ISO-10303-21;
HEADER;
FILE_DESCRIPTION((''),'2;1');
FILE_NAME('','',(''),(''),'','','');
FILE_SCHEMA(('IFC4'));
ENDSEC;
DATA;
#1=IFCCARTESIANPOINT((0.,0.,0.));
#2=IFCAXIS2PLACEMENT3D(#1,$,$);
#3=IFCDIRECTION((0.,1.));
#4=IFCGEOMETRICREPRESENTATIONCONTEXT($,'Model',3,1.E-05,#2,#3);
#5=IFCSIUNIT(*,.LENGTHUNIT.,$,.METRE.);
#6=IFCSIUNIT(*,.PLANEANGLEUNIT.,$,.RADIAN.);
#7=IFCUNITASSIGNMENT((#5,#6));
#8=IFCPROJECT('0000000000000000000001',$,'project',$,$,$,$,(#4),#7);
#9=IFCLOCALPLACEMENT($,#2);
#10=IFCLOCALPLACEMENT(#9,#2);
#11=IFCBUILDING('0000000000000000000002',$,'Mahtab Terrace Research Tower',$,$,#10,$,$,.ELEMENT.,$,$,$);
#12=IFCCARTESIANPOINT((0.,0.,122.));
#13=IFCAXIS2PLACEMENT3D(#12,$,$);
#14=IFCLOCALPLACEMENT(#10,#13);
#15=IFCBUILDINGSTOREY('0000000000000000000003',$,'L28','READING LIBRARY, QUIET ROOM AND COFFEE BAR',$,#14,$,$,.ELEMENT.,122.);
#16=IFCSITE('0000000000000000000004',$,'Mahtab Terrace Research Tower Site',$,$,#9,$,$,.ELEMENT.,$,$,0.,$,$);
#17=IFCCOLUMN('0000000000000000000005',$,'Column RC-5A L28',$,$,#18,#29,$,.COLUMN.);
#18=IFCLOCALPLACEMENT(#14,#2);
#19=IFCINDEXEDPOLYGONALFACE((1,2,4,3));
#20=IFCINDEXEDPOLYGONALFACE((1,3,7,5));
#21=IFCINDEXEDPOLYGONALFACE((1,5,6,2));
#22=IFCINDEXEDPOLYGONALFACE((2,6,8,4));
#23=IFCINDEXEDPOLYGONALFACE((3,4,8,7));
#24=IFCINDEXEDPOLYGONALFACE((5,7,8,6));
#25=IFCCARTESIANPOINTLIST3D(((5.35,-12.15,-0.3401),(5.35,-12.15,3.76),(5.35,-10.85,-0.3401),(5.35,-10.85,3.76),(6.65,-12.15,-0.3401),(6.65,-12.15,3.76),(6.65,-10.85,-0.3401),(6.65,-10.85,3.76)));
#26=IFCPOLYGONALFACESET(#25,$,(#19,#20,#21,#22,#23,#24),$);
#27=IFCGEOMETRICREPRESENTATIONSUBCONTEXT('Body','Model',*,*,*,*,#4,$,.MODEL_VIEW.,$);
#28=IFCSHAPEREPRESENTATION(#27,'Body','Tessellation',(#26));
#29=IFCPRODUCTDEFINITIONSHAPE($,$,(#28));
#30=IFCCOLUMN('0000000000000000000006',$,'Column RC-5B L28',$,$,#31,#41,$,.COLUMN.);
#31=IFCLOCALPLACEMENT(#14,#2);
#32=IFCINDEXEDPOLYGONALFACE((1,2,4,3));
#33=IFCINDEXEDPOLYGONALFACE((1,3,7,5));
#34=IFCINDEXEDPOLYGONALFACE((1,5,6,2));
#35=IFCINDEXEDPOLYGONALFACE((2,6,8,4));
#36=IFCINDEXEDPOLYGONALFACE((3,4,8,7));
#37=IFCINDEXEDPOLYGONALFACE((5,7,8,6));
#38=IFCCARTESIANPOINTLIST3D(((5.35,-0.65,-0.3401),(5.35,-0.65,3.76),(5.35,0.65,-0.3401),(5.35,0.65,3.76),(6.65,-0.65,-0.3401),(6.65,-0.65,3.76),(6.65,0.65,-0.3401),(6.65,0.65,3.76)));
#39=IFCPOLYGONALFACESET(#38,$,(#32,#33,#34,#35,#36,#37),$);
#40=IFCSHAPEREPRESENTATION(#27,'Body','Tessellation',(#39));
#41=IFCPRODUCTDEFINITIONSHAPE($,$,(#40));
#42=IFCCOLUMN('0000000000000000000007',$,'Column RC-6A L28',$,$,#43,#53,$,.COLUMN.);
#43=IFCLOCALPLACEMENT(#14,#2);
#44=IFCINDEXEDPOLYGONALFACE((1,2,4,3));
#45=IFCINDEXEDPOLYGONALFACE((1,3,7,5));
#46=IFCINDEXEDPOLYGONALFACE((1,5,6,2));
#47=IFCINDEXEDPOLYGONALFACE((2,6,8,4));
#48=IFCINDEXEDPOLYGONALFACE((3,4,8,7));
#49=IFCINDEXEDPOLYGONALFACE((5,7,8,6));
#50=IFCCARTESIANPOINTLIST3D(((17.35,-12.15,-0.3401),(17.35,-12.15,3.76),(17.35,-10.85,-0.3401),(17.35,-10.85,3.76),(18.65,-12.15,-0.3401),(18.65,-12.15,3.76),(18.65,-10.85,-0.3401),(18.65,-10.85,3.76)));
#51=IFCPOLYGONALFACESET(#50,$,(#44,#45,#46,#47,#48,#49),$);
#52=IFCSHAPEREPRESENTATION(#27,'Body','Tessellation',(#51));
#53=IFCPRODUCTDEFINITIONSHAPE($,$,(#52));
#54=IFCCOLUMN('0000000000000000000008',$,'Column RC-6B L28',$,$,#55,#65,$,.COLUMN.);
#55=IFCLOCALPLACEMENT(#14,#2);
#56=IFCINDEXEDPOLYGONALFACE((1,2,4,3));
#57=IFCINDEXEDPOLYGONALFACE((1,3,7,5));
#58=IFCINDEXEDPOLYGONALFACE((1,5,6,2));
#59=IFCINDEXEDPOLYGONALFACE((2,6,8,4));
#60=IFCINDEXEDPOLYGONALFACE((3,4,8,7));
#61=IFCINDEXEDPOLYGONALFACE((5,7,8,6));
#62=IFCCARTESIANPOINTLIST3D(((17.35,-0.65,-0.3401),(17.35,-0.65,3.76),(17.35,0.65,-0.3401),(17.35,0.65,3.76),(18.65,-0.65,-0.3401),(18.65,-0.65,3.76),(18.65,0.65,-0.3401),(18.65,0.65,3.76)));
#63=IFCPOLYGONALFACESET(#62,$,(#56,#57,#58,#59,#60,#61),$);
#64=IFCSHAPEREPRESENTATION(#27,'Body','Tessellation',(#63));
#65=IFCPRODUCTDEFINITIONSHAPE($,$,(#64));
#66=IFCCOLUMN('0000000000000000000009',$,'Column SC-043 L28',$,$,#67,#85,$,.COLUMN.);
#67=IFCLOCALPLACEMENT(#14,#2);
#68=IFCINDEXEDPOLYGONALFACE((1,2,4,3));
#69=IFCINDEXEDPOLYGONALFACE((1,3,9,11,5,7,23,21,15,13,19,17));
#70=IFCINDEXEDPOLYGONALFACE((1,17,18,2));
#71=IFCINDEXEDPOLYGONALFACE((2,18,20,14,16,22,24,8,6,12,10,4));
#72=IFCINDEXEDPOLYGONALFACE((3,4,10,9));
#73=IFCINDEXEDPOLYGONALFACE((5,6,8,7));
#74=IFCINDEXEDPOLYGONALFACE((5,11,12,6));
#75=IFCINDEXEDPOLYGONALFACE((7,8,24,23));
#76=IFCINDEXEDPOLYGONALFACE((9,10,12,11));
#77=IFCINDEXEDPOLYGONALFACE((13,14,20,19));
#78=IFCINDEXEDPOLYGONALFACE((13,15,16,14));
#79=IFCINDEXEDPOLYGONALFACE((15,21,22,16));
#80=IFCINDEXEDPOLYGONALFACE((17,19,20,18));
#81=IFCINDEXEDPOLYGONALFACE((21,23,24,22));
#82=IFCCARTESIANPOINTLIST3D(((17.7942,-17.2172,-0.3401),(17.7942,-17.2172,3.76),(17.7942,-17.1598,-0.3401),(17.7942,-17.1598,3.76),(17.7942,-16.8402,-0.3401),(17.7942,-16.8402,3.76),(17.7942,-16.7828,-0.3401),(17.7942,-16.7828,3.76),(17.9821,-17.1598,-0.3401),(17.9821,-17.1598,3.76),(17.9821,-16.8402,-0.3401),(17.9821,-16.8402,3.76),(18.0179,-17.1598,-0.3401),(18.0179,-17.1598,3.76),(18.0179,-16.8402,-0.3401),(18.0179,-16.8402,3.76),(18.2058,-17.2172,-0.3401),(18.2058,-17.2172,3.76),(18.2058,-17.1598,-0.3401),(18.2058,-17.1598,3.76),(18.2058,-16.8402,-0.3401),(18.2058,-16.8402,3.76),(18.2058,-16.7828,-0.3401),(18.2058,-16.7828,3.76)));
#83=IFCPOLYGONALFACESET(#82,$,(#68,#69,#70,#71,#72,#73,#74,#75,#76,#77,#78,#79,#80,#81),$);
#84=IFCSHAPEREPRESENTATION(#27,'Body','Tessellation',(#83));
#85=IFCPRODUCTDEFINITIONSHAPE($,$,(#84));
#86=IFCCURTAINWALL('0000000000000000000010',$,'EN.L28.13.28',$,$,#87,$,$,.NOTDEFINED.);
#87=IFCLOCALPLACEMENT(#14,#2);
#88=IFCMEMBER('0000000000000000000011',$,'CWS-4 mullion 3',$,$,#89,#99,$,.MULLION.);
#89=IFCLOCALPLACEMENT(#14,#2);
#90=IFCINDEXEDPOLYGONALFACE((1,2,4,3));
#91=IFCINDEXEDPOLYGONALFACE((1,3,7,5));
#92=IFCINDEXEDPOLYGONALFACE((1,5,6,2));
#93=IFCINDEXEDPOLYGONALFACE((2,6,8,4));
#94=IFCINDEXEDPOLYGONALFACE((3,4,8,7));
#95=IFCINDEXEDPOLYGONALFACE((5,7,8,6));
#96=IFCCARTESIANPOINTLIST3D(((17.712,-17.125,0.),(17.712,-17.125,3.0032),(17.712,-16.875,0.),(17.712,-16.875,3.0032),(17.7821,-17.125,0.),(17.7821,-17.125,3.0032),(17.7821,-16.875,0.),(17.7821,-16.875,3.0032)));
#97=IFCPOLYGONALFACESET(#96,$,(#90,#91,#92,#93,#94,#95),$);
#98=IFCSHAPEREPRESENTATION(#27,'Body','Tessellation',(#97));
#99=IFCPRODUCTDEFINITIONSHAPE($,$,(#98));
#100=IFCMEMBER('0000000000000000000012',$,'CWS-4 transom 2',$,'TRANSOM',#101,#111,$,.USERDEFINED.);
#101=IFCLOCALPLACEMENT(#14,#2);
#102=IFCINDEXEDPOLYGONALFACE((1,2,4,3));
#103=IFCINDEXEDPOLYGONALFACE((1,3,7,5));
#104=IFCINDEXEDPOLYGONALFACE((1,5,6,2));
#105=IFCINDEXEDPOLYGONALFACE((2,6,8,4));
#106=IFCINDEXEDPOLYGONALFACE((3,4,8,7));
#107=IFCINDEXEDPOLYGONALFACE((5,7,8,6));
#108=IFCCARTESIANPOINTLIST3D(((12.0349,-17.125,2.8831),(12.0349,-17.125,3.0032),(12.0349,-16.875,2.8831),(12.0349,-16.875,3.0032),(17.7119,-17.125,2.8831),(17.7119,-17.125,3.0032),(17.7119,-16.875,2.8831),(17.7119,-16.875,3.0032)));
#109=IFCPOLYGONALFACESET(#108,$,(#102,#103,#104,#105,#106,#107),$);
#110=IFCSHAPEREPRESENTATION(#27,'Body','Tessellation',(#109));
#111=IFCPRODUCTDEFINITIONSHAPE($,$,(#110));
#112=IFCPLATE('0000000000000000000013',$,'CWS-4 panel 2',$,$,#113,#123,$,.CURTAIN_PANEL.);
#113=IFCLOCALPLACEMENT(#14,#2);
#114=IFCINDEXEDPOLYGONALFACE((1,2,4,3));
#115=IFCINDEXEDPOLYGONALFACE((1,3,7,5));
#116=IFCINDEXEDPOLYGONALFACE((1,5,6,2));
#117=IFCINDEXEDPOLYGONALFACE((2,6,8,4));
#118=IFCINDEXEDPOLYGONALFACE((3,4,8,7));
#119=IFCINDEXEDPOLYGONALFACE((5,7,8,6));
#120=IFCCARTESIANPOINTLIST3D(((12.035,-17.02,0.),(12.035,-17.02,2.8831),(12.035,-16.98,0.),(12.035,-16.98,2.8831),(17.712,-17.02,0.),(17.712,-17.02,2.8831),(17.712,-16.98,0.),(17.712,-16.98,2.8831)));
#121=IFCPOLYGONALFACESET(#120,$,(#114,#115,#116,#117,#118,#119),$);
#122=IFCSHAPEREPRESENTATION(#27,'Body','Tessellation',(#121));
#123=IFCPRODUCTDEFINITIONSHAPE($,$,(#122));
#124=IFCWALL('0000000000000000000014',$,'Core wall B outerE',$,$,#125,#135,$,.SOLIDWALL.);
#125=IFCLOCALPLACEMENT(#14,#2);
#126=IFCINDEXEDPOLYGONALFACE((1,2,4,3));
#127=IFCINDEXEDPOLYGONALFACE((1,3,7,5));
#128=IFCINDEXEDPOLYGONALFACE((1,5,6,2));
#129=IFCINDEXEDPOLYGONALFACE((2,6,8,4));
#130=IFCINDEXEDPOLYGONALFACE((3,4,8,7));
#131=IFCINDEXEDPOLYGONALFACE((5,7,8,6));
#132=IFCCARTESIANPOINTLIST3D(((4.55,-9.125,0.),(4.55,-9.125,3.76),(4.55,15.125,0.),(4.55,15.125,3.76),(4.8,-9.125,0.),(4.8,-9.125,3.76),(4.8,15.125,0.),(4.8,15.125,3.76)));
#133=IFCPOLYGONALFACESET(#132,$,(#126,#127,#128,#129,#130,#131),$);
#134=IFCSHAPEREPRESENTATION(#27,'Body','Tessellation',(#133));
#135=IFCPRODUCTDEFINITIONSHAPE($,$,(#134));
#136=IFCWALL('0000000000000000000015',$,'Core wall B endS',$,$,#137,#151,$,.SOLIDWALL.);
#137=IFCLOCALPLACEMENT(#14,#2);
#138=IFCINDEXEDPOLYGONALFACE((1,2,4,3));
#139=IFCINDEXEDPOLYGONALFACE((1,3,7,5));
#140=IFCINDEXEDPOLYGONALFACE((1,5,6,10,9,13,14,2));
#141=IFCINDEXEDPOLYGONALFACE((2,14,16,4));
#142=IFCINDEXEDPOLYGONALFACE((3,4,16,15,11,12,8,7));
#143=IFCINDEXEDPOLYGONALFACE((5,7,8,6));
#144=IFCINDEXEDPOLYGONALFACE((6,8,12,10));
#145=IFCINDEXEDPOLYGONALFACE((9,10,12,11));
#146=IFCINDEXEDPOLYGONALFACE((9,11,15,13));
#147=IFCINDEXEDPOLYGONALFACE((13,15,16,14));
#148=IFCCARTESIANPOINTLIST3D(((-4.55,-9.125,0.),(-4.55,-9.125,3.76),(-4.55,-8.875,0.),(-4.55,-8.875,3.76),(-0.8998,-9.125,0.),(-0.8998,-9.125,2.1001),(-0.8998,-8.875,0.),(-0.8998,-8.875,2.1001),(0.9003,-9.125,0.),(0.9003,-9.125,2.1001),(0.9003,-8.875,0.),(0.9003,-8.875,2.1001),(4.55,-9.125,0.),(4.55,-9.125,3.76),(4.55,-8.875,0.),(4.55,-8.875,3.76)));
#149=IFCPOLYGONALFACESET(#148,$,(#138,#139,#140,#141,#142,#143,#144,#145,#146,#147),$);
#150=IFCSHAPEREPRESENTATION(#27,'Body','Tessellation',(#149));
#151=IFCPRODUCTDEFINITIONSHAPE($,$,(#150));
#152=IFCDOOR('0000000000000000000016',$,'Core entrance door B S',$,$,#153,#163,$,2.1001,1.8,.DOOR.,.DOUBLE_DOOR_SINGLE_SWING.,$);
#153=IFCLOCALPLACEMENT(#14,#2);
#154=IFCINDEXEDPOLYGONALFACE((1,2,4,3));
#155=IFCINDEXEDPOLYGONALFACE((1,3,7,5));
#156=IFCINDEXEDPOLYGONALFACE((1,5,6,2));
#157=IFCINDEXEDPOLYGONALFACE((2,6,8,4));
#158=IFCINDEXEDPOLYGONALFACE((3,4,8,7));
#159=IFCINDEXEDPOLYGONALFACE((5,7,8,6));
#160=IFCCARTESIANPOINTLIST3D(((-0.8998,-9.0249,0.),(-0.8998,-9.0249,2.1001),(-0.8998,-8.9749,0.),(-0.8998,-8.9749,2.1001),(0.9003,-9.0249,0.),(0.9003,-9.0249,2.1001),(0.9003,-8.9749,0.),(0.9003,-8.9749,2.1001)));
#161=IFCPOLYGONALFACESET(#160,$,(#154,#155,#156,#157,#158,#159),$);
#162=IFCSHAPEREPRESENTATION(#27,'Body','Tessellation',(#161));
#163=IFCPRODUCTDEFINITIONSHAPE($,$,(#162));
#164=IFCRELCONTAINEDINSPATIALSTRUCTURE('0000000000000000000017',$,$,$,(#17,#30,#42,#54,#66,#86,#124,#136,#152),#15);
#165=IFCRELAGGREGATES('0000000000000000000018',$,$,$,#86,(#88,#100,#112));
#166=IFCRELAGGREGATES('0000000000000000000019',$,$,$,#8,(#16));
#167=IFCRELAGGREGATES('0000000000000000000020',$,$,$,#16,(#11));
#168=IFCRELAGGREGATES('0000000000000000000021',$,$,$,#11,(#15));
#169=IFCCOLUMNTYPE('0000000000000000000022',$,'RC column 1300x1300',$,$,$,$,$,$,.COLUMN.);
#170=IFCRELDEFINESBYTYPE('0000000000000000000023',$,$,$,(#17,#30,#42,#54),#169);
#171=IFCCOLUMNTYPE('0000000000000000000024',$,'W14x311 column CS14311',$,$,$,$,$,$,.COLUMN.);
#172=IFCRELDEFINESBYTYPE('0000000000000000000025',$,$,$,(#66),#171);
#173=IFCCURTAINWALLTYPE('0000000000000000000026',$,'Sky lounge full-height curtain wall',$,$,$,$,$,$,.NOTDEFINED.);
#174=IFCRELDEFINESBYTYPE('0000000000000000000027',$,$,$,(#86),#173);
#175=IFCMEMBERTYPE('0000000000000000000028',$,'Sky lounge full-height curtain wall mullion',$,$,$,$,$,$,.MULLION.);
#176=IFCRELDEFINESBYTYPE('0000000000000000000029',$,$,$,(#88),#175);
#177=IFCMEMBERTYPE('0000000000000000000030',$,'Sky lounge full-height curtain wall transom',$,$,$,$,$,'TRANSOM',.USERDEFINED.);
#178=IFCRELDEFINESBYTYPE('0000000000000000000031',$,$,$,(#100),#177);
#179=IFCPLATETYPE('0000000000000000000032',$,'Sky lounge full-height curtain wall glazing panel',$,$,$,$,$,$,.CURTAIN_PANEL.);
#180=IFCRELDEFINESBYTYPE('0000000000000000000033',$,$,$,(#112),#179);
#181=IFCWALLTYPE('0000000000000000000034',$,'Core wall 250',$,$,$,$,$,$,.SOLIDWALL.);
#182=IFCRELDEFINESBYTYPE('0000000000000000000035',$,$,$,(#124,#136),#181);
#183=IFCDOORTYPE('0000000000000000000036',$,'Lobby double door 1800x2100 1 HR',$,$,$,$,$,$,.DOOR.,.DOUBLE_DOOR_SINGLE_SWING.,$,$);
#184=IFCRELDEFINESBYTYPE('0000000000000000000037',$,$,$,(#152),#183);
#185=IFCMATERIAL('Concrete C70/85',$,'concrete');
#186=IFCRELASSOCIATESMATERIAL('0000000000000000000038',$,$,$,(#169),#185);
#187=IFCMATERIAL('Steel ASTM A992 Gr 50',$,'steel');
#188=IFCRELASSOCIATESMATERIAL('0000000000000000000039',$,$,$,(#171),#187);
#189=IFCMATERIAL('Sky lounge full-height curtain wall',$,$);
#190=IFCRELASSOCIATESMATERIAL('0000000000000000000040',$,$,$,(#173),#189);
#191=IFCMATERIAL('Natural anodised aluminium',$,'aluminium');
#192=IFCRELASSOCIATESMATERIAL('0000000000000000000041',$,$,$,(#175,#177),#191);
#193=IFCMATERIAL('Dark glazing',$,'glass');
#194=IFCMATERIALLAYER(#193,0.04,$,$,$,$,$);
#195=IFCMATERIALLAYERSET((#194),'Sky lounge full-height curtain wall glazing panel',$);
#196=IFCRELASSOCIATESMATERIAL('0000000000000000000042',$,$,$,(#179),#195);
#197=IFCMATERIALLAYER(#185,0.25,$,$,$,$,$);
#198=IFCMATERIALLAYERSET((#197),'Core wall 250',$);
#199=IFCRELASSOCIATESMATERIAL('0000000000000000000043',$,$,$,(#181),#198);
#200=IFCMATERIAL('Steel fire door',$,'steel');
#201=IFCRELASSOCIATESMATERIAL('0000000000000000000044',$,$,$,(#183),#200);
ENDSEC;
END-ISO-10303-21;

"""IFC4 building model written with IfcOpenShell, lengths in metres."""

from ifc_helpers import new_model, si_unit, direction, frame, frame_2d, origin, origin_2d, place, context, subcontext, project, spatial, rectangle, i_section, extrude, material, layer, layer_set, material_profile, profile_set, type_object, element, fill, aggregate, save


model = new_model("IFC4")

# Units and contexts
model_context = context("Model", 3, precision=1e-05, world=origin(), true_north=direction((0.0, 1.0)))
body_context = subcontext(model_context, "Body", "Model", "MODEL_VIEW")
ifc_project = project(units=[si_unit("LENGTHUNIT", "METRE"), si_unit("PLANEANGLEUNIT", "RADIAN")], contexts=[model_context])

# Site, building, storey
site_placement = place(None, origin())
site = spatial("IfcSite", under=ifc_project, at=site_placement, Name="Mahtab Terrace Research Tower Site", CompositionType="ELEMENT", RefElevation=0.0)
building_placement = place(site_placement, origin())
building = spatial("IfcBuilding", under=site, at=building_placement, Name="Mahtab Terrace Research Tower", CompositionType="ELEMENT")
storey_placement = place(building_placement, frame((0.0, 0.0, 122.0)))
storey = spatial("IfcBuildingStorey", under=building, at=storey_placement, Name="L28", Description="READING LIBRARY, QUIET ROOM AND COFFEE BAR", CompositionType="ELEMENT", Elevation=122.0)

# Columns
ifc_material_1 = material(Name="Concrete C70/85", Category="concrete")
ifc_material_profile_1 = material_profile(ifc_material_1, rectangle(XDim=1.3, YDim=1.3, at=origin_2d()), Name="RC column 1300x1300")
ifc_profile_set_1 = profile_set([ifc_material_profile_1], Name="Concrete C70/85")
column_type_1 = type_object("IfcColumnType", Name="RC column 1300x1300", PredefinedType="COLUMN", material=ifc_profile_set_1)
for number, where, z_axis, x_axis, name in (
    (1, (6.0, -11.5, -0.3401), (0.0, 0.0, 1.0), (1.0, 0.0, 0.0), "Column RC-5A L28"),
    (2, (6.0, 0.0, -0.3401), (0.0, 0.0, 1.0), (1.0, 0.0, 0.0), "Column RC-5B L28"),
    (3, (18.0, -11.5, -0.3401), (0.0, 0.0, 1.0), (1.0, 0.0, 0.0), "Column RC-6A L28"),
    (4, (18.0, 0.0, -0.3401), (0.0, 0.0, 1.0), (1.0, 0.0, 0.0), "Column RC-6B L28"),
):
    element("IfcColumn", number, at=place(storey_placement, frame(where, z_axis=z_axis, x_axis=x_axis)), inside=storey, type_object=column_type_1, Name=name, PredefinedType="COLUMN", context=body_context, shape_type="SweptSolid", body=[
        extrude(rectangle(XDim=1.3, YDim=1.3, at=origin_2d()), origin(), (0.0, 0.0, 1.0), 4.1001),
    ])
ifc_material_2 = material(Name="Steel ASTM A992 Gr 50", Category="steel")
ifc_material_profile_2 = material_profile(ifc_material_2, i_section(OverallWidth=0.4116, OverallDepth=0.4343, WebThickness=0.0359, FlangeThickness=0.0574, at=origin_2d()), Name="W14X311")
ifc_profile_set_2 = profile_set([ifc_material_profile_2], Name="Steel ASTM A992 Gr 50")
column_type_2 = type_object("IfcColumnType", Name="W14x311 column CS14311", PredefinedType="COLUMN", material=ifc_profile_set_2)
column_placement = place(storey_placement, frame((18.0, -17.0, -0.3401), z_axis=(0.0, 0.0, 1.0), x_axis=(1.0, 0.0, 0.0)))
element("IfcColumn", 5, at=column_placement, inside=storey, type_object=column_type_2, Name="Column SC-043 L28", PredefinedType="COLUMN", context=body_context, shape_type="SweptSolid", body=[
    extrude(i_section(OverallWidth=0.4116, OverallDepth=0.4343, WebThickness=0.0359, FlangeThickness=0.0574, at=origin_2d()), origin(), (0.0, 0.0, 1.0), 4.1001),
])

# Curtain wall, members, plate
ifc_material_3 = material(Name="Sky lounge full-height curtain wall")
curtain_wall_type = type_object("IfcCurtainWallType", Name="Sky lounge full-height curtain wall", PredefinedType="NOTDEFINED", material=ifc_material_3)
curtain_wall_placement = place(storey_placement, origin())
curtain_wall = element("IfcCurtainWall", 6, at=curtain_wall_placement, inside=storey, type_object=curtain_wall_type, Name="EN.L28.13.28", PredefinedType="NOTDEFINED")
ifc_material_4 = material(Name="Natural anodised aluminium", Category="aluminium")
ifc_material_profile_3 = material_profile(ifc_material_4, rectangle(XDim=0.25, YDim=0.0701, at=origin_2d()), Name="MULLION 70x250")
ifc_profile_set_3 = profile_set([ifc_material_profile_3], Name="Natural anodised aluminium")
member_type_1 = type_object("IfcMemberType", Name="Sky lounge full-height curtain wall mullion", PredefinedType="MULLION", material=ifc_profile_set_3)
member_1_placement = place(storey_placement, frame((17.7471, -17.0, 0.0), z_axis=(0.0, 0.0, 1.0), x_axis=(0.0, 1.0, 0.0)))
member_1 = element("IfcMember", 7, at=member_1_placement, type_object=member_type_1, Name="CWS-4 mullion 3", PredefinedType="MULLION", context=body_context, shape_type="SweptSolid", body=[
    extrude(rectangle(XDim=0.25, YDim=0.0701, at=origin_2d()), origin(), (0.0, 0.0, 1.0), 3.0032),
])
ifc_material_profile_4 = material_profile(ifc_material_4, rectangle(XDim=0.25, YDim=0.1201, at=origin_2d()), Name="TRANSOM 120x250")
ifc_profile_set_4 = profile_set([ifc_material_profile_4], Name="Natural anodised aluminium")
member_type_2 = type_object("IfcMemberType", Name="Sky lounge full-height curtain wall transom", ElementType="TRANSOM", PredefinedType="USERDEFINED", material=ifc_profile_set_4)
member_2_placement = place(storey_placement, frame((12.0349, -17.0, 2.9431), z_axis=(1.0, 0.0, 0.0), x_axis=(0.0, 1.0, 0.0)))
member_2 = element("IfcMember", 8, at=member_2_placement, type_object=member_type_2, Name="CWS-4 transom 2", ObjectType="TRANSOM", PredefinedType="USERDEFINED", context=body_context, shape_type="SweptSolid", body=[
    extrude(rectangle(XDim=0.25, YDim=0.1201, at=origin_2d()), origin(), (0.0, 0.0, 1.0), 5.677),
])
ifc_material_5 = material(Name="Dark glazing", Category="glass")
ifc_layer_1 = layer(ifc_material_5, 0.04)
ifc_layer_set_1 = layer_set([ifc_layer_1], Name="Sky lounge full-height curtain wall glazing panel")
plate_type = type_object("IfcPlateType", Name="Sky lounge full-height curtain wall glazing panel", PredefinedType="CURTAIN_PANEL", material=ifc_layer_set_1)
plate_placement = place(storey_placement, frame((14.8735, -17.0, 0.0), z_axis=(0.0, 0.0, 1.0), x_axis=(1.0, 0.0, 0.0)))
plate = element("IfcPlate", 9, at=plate_placement, type_object=plate_type, Name="CWS-4 panel 2", PredefinedType="CURTAIN_PANEL", context=body_context, shape_type="SweptSolid", body=[
    extrude(rectangle(XDim=5.677, YDim=0.04, at=origin_2d()), origin(), (0.0, 0.0, 1.0), 2.8831),
])
aggregate(curtain_wall, [member_1, member_2, plate])

# Wall
ifc_layer_2 = layer(ifc_material_1, 0.25)
ifc_layer_set_2 = layer_set([ifc_layer_2], Name="Core wall 250")
wall_type_1 = type_object("IfcWallType", Name="Core wall 250", PredefinedType="SOLIDWALL", material=ifc_layer_set_2)
wall_1_placement = place(storey_placement, frame((4.675, -9.125, 0.0), z_axis=(0.0, 0.0, 1.0), x_axis=(0.0, 1.0, 0.0)))
element("IfcWall", 10, at=wall_1_placement, inside=storey, type_object=wall_type_1, Name="Core wall B outerE", PredefinedType="SOLIDWALL", context=body_context, shape_type="SweptSolid", body=[
    extrude(rectangle(XDim=24.25, YDim=0.25, at=frame_2d((12.125, 0.0))), origin(), (0.0, 0.0, 1.0), 3.76),
])

# Wall, opening, door
wall_2_placement = place(storey_placement, frame((4.55, -9.0, 0.0), z_axis=(0.0, 0.0, 1.0), x_axis=(-1.0, 0.0, 0.0)))
wall_2 = element("IfcWall", 11, at=wall_2_placement, inside=storey, type_object=wall_type_1, Name="Core wall B endS", PredefinedType="SOLIDWALL", context=body_context, shape_type="SweptSolid", body=[
    extrude(rectangle(XDim=9.1001, YDim=0.25, at=frame_2d((4.55, 0.0))), origin(), (0.0, 0.0, 1.0), 3.76),
])
opening_1_placement = place(wall_2_placement, frame((3.6499, 0.0, 0.0)))
opening_1 = element("IfcOpeningElement", 12, at=opening_1_placement, cuts=wall_2, PredefinedType="OPENING", context=body_context, shape_type="SweptSolid", body=[
    extrude(rectangle(XDim=1.8, YDim=2.1001, at=frame_2d((0.8999, 1.05))), frame((0.0, 0.135, 0.0), z_axis=(0.0, -1.0, 0.0), x_axis=(1.0, 0.0, 0.0)), (0.0, 0.0, 1.0), 0.27),
])
ifc_material_6 = material(Name="Steel fire door", Category="steel")
door_type_1 = type_object("IfcDoorType", Name="Lobby double door 1800x2100 1 HR", OperationType="DOUBLE_DOOR_SINGLE_SWING", PredefinedType="DOOR", material=ifc_material_6)
door_1_placement = place(opening_1_placement, origin())
door_1 = element("IfcDoor", 13, at=door_1_placement, inside=storey, type_object=door_type_1, Name="Core entrance door B S", OperationType="DOUBLE_DOOR_SINGLE_SWING", OverallHeight=2.1001, OverallWidth=1.8, PredefinedType="DOOR", context=body_context, shape_type="SweptSolid", body=[
    extrude(rectangle(XDim=1.8, YDim=2.1001, at=frame_2d((0.8999, 1.05))), frame((0.0, 0.0249, 0.0), z_axis=(0.0, -1.0, 0.0), x_axis=(1.0, 0.0, 0.0)), (0.0, 0.0, 1.0), 0.05),
])
fill(opening_1, door_1)

save(model, "model.ifc")
